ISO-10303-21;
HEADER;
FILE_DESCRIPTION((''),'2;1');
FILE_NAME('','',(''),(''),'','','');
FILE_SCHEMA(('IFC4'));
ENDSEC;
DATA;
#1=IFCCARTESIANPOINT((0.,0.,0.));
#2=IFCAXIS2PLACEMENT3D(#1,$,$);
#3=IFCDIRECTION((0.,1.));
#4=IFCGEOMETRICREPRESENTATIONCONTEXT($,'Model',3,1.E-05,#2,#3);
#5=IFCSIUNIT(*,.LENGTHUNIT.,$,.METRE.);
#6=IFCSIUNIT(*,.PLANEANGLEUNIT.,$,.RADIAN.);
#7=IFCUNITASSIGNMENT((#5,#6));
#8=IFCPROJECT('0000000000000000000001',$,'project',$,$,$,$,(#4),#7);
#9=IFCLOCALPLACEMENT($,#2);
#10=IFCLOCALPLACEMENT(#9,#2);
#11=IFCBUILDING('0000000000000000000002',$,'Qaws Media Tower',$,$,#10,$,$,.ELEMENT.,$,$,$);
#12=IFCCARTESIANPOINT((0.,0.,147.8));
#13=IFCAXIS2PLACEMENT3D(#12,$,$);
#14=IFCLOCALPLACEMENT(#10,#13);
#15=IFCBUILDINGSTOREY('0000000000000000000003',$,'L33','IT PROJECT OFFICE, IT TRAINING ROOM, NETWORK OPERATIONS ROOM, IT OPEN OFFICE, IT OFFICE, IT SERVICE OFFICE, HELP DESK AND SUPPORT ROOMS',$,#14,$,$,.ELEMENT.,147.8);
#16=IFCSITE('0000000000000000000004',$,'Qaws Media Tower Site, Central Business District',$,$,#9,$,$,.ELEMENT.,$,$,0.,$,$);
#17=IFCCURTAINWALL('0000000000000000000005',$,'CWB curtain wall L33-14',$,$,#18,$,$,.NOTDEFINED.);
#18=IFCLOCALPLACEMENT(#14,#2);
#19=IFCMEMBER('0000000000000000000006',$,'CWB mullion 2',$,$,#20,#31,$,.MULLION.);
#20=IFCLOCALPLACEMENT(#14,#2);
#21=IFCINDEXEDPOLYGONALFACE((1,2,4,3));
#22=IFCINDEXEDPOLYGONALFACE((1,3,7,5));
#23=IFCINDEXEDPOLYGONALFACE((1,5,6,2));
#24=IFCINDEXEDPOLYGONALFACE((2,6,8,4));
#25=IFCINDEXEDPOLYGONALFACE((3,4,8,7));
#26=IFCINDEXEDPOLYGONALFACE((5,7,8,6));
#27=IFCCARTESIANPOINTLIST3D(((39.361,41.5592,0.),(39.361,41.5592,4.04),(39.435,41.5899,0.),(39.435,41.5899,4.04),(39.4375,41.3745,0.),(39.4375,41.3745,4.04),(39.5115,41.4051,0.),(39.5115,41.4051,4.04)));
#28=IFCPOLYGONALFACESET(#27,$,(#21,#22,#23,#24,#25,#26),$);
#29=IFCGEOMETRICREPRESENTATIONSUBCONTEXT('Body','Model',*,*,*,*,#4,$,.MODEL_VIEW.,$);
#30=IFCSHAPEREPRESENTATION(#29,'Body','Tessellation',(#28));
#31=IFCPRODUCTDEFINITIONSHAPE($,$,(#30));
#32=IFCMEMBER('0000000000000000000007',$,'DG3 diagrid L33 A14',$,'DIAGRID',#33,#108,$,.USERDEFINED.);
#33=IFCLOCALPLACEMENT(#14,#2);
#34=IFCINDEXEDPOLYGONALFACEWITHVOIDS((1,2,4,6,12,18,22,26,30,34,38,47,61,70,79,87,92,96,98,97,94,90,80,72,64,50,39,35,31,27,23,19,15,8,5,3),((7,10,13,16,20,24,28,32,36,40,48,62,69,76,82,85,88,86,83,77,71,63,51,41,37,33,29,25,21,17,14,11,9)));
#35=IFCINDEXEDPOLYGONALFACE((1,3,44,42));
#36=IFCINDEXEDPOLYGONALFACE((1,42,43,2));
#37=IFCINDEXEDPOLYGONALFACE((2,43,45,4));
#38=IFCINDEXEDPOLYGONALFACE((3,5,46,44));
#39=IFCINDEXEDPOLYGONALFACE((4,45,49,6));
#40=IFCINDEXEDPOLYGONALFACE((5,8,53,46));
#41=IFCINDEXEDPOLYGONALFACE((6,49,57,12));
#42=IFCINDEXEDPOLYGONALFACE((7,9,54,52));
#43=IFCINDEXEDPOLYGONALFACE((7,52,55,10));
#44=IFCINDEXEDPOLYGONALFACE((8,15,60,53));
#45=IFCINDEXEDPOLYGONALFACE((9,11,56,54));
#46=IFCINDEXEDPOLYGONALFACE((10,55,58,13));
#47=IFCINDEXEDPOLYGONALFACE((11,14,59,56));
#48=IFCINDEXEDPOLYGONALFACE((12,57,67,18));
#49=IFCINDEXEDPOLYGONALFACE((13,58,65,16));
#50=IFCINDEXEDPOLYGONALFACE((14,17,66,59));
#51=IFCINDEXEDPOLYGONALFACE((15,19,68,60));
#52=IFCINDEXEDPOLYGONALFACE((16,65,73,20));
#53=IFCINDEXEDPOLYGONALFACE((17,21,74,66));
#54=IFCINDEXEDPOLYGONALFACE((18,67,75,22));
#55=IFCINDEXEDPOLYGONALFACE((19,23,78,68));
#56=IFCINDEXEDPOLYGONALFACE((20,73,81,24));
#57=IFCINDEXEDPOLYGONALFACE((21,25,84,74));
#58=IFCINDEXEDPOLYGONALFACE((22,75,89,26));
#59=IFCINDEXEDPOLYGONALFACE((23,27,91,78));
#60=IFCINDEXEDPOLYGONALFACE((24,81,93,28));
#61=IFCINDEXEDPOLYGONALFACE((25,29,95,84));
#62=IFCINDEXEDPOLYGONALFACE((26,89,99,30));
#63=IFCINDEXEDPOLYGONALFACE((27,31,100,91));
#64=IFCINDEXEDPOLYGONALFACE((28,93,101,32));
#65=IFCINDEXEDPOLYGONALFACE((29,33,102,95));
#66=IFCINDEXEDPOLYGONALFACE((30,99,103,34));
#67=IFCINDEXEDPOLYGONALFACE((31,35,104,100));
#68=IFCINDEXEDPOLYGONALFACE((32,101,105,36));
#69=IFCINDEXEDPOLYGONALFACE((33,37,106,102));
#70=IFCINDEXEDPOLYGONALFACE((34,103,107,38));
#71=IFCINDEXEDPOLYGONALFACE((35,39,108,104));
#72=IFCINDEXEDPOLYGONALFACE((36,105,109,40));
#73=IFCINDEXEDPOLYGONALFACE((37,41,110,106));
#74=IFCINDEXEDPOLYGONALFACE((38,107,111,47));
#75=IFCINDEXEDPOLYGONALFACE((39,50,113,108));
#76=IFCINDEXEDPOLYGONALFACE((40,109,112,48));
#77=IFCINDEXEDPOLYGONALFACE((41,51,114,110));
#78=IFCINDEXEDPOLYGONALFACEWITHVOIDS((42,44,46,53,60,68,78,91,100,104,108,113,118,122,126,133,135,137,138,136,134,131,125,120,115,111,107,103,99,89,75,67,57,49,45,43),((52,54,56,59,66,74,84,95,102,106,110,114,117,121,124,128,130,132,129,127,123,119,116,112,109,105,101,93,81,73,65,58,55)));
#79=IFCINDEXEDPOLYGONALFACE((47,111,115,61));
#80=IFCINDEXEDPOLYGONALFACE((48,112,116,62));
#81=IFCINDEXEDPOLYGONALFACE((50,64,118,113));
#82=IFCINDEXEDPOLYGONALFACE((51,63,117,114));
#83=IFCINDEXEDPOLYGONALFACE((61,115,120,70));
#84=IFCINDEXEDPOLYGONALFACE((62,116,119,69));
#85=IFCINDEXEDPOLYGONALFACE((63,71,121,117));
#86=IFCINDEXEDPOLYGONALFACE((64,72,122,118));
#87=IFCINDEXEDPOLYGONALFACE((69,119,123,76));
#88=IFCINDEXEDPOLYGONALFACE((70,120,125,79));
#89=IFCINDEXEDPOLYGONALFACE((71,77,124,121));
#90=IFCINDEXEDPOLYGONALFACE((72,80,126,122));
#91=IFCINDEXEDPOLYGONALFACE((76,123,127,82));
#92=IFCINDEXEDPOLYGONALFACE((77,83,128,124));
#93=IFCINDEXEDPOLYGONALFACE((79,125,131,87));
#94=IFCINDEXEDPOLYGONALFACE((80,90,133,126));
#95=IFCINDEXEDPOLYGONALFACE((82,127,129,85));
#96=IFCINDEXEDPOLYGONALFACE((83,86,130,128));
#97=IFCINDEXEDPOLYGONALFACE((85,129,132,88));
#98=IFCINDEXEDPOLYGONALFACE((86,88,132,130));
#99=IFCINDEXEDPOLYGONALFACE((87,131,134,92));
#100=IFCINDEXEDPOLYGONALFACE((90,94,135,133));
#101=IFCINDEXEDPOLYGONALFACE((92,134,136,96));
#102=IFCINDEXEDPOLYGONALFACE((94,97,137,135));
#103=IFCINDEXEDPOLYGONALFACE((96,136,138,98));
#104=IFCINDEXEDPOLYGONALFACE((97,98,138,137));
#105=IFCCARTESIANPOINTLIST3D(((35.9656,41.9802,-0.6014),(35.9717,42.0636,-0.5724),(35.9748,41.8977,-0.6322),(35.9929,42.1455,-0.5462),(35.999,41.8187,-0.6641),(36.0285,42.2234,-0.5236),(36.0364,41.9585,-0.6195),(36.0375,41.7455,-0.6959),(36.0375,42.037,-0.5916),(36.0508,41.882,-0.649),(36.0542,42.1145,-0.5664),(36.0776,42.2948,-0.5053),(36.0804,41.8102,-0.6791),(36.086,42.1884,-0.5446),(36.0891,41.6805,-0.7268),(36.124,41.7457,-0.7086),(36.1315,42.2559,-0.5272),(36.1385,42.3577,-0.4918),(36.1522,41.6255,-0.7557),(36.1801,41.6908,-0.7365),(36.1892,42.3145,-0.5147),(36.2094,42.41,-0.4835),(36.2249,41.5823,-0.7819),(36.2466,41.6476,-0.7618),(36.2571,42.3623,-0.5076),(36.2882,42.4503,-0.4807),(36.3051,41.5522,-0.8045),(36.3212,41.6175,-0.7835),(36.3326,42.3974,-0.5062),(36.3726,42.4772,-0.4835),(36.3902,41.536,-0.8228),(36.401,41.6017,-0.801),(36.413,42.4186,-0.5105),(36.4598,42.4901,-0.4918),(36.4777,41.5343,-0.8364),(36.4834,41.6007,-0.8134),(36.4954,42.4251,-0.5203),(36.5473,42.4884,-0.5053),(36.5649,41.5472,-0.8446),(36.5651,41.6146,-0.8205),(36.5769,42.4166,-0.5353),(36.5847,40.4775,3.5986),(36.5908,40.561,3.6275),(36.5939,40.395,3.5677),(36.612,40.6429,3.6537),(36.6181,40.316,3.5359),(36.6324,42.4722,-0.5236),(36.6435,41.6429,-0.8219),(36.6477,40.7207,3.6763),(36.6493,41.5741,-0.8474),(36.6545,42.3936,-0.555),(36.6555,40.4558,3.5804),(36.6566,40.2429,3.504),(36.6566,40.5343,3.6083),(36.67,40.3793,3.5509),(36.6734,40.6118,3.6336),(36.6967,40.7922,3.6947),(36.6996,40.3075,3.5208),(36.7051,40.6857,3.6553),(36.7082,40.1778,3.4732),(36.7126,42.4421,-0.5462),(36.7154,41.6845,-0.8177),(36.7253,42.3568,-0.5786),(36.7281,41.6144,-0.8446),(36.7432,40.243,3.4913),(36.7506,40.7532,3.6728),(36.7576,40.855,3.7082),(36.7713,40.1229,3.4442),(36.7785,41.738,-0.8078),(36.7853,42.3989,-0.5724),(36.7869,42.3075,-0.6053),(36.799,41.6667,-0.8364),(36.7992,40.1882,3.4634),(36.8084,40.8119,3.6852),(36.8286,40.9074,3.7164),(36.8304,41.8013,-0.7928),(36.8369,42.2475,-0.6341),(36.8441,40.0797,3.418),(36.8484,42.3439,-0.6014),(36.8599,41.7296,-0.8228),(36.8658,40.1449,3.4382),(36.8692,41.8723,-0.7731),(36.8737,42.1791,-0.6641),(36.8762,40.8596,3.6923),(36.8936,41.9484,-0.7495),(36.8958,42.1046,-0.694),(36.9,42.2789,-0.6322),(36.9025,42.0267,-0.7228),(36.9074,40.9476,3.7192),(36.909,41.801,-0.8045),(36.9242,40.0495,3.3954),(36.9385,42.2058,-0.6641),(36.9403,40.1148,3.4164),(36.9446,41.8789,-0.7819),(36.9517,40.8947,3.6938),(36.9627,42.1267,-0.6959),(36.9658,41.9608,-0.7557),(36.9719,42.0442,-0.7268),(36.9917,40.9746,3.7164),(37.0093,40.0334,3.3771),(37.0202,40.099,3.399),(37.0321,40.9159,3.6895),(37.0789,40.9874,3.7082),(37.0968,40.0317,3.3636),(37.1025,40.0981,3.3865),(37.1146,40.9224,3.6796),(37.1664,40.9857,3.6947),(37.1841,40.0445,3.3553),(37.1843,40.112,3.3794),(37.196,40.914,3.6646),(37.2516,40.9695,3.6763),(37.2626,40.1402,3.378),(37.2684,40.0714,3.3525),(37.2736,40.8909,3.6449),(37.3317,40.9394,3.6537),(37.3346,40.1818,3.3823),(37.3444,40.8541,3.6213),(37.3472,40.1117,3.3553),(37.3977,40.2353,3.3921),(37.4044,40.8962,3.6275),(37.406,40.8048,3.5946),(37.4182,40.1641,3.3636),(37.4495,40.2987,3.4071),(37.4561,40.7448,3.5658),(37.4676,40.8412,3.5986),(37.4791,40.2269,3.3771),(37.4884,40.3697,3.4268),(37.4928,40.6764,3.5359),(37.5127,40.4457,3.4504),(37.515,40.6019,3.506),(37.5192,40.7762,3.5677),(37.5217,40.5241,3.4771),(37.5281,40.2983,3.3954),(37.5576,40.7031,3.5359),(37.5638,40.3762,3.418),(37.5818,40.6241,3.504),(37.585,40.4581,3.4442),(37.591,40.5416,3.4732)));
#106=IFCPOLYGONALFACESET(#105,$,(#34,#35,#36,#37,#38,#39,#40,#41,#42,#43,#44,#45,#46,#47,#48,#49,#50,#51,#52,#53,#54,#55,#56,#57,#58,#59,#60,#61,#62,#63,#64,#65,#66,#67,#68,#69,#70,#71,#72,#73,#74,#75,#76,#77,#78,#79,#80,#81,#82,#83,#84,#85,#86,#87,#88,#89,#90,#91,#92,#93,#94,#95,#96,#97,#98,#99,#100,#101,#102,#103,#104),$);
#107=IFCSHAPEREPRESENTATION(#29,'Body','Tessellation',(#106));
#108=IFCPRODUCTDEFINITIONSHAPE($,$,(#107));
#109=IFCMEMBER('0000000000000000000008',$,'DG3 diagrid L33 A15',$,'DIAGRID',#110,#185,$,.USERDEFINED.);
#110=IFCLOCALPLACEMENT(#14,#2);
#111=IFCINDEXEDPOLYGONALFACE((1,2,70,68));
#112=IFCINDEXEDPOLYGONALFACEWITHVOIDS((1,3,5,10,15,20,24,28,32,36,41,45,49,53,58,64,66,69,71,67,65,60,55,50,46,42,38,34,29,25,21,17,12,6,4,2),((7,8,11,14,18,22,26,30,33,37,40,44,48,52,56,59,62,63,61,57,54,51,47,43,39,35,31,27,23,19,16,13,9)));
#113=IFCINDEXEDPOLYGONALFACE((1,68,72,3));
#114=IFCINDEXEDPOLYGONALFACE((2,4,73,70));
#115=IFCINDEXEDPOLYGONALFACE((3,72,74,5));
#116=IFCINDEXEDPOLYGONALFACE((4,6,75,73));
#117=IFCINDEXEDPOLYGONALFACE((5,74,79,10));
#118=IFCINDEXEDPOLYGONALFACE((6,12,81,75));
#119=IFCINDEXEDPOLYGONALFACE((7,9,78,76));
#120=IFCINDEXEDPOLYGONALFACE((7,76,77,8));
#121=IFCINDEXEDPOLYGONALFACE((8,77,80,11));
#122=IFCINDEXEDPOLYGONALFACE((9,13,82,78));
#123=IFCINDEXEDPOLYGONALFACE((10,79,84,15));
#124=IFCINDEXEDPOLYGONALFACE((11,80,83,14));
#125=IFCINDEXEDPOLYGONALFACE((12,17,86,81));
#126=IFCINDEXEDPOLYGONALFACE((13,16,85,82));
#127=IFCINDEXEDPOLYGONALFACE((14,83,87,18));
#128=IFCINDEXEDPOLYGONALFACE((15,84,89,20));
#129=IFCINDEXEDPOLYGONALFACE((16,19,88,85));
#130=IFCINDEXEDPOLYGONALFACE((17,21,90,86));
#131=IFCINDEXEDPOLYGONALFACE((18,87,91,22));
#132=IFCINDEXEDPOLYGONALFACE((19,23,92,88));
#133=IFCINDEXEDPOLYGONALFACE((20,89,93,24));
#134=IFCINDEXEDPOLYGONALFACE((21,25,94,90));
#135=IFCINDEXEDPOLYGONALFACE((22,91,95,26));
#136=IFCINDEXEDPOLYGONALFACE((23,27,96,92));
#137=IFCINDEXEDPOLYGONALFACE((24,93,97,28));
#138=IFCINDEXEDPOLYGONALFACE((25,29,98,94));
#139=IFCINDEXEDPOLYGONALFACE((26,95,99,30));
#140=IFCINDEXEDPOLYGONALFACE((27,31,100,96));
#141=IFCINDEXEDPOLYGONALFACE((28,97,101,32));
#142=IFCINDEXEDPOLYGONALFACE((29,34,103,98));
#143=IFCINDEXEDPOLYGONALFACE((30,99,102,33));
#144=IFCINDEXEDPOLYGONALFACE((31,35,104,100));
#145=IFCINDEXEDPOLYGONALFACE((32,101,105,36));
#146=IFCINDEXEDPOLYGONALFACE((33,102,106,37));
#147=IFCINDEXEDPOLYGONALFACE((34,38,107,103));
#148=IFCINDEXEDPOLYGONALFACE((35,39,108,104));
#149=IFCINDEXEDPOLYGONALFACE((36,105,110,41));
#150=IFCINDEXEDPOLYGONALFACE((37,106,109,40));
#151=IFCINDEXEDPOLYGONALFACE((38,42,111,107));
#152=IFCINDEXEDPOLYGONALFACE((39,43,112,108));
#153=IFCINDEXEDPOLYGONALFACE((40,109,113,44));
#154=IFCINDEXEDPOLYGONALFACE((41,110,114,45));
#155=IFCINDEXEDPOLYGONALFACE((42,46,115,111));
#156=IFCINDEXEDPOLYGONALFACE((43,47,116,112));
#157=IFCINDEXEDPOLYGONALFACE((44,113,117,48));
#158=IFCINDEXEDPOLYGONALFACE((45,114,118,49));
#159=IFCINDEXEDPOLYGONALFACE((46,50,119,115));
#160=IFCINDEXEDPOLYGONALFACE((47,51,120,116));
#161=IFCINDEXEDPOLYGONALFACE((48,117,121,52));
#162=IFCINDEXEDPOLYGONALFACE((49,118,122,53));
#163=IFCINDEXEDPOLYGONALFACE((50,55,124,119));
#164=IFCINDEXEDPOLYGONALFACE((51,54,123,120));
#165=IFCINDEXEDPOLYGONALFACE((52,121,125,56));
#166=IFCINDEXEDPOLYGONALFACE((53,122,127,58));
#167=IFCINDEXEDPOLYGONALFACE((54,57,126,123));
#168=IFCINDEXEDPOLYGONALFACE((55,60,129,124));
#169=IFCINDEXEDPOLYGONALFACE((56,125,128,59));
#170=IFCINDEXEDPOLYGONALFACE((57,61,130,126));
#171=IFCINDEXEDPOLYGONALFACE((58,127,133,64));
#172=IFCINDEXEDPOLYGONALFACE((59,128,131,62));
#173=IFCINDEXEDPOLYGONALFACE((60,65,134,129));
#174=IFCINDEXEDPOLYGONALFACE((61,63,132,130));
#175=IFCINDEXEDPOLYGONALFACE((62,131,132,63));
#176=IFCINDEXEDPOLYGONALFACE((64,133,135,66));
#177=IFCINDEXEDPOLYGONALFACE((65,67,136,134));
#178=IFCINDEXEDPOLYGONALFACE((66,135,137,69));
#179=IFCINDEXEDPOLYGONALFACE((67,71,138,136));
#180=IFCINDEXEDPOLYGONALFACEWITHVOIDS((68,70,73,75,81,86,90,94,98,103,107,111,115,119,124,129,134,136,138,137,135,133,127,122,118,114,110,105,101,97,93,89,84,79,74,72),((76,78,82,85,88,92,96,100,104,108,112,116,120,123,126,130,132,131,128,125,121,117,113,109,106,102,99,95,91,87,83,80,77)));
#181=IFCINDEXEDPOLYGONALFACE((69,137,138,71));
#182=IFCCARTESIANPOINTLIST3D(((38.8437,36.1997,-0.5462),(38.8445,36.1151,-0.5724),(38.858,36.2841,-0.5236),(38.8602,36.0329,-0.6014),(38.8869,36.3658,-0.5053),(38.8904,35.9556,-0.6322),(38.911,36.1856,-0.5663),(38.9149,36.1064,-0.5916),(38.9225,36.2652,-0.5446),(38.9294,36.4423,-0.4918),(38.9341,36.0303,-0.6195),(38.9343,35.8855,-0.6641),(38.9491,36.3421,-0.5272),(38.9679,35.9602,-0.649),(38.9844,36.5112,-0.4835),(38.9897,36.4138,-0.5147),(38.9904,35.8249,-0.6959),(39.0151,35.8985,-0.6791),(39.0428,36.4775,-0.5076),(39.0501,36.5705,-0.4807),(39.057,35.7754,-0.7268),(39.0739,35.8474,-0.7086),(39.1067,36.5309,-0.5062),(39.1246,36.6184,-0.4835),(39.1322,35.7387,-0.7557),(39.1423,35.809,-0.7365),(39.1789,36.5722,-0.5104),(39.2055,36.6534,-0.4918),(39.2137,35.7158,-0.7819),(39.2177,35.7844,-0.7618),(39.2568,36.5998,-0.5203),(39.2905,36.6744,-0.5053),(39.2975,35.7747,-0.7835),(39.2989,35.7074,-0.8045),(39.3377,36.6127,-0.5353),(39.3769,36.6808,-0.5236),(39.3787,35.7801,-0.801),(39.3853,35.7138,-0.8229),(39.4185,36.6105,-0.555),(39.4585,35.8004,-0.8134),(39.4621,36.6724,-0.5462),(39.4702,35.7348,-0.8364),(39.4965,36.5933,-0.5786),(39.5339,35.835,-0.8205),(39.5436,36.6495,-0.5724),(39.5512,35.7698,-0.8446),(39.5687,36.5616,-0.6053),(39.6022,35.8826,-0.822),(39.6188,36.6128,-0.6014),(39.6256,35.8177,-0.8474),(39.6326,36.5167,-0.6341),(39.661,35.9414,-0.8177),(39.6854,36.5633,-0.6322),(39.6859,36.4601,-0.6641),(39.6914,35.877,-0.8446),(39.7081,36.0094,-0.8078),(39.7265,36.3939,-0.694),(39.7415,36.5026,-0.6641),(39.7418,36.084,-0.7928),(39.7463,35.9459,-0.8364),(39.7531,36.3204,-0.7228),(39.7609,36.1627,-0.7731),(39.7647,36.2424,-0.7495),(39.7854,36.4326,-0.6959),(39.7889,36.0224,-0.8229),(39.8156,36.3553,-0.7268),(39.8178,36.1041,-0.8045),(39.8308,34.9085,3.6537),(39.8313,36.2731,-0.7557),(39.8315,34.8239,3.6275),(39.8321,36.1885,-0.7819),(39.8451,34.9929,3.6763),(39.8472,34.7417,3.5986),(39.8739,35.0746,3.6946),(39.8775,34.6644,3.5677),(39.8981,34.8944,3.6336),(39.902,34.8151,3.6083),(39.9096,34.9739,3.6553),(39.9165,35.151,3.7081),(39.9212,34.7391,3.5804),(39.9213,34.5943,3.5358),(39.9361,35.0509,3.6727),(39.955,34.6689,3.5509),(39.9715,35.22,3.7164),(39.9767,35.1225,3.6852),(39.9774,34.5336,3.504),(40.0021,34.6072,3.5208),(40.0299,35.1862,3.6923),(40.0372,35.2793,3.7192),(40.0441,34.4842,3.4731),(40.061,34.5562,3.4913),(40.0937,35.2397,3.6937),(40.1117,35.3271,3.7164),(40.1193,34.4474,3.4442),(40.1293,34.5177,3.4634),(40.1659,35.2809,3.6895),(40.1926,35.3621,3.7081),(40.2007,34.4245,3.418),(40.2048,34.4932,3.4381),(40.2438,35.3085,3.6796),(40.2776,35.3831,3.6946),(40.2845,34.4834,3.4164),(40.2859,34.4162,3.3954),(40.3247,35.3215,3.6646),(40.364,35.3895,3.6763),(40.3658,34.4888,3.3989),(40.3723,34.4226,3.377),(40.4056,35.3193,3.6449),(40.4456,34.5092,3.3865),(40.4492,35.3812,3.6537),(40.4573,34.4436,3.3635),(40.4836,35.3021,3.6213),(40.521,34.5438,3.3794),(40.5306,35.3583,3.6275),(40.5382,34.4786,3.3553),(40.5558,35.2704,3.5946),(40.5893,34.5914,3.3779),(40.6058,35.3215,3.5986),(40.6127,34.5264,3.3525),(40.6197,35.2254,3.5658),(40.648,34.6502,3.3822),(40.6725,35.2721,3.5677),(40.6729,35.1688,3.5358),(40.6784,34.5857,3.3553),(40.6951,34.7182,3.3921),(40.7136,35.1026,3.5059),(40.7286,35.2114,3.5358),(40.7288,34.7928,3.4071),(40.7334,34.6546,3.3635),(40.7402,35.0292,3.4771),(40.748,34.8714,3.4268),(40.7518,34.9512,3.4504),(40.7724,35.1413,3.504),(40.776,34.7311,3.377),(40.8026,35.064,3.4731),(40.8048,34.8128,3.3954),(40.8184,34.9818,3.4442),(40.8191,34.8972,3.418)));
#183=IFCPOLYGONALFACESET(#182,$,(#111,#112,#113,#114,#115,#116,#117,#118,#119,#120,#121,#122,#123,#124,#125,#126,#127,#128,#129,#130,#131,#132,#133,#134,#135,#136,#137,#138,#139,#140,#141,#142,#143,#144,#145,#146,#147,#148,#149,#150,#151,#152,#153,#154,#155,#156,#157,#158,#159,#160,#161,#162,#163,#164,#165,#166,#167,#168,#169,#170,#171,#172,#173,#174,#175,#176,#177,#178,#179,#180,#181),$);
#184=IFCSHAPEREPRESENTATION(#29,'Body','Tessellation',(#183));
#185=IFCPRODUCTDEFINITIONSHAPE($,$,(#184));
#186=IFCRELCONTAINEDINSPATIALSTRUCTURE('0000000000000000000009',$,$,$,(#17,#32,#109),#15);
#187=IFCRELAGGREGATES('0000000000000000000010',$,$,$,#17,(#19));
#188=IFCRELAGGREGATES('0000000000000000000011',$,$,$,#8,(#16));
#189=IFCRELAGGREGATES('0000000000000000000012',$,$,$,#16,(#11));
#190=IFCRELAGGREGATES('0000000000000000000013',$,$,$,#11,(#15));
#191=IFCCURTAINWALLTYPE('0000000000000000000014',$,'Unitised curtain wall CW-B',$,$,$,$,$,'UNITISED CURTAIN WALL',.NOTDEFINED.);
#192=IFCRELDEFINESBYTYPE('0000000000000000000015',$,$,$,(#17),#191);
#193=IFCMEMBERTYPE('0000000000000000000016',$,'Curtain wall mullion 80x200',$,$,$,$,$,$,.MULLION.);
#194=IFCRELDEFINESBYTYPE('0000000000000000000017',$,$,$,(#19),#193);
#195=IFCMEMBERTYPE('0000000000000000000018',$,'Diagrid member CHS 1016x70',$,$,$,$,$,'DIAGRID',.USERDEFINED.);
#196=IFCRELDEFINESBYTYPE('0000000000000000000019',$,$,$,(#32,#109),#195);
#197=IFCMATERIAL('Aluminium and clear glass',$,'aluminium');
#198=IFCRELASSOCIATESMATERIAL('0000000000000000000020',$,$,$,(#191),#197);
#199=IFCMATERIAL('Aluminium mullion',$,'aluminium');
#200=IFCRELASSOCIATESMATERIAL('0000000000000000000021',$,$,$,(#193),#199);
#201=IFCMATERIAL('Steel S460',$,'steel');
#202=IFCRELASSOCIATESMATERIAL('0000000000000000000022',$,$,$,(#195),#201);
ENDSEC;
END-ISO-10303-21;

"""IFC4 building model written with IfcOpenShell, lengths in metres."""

from ifc_helpers import new_model, si_unit, direction, frame, origin, origin_2d, place, context, subcontext, project, spatial, rectangle, hollow_circle, extrude, material, material_profile, profile_set, type_object, element, aggregate, save


model = new_model("IFC4")

# Units and contexts
model_context = context("Model", 3, precision=1e-05, world=origin(), true_north=direction((0.0, 1.0)))
body_context = subcontext(model_context, "Body", "Model", "MODEL_VIEW")
ifc_project = project(units=[si_unit("LENGTHUNIT", "METRE"), si_unit("PLANEANGLEUNIT", "RADIAN")], contexts=[model_context])

# Site, building, storey
site_placement = place(None, origin())
site = spatial("IfcSite", under=ifc_project, at=site_placement, Name="Qaws Media Tower Site, Central Business District", CompositionType="ELEMENT", RefElevation=0.0)
building_placement = place(site_placement, origin())
building = spatial("IfcBuilding", under=site, at=building_placement, Name="Qaws Media Tower", CompositionType="ELEMENT")
storey_placement = place(building_placement, frame((0.0, 0.0, 147.8)))
storey = spatial("IfcBuildingStorey", under=building, at=storey_placement, Name="L33", Description="IT PROJECT OFFICE, IT TRAINING ROOM, NETWORK OPERATIONS ROOM, IT OPEN OFFICE, IT OFFICE, IT SERVICE OFFICE, HELP DESK AND SUPPORT ROOMS", CompositionType="ELEMENT", Elevation=147.8)

# Curtain wall, member
ifc_material_1 = material(Name="Aluminium and clear glass", Category="aluminium")
curtain_wall_type = type_object("IfcCurtainWallType", Name="Unitised curtain wall CW-B", ElementType="UNITISED CURTAIN WALL", PredefinedType="NOTDEFINED", material=ifc_material_1)
curtain_wall_placement = place(storey_placement, origin())
curtain_wall = element("IfcCurtainWall", 1, at=curtain_wall_placement, inside=storey, type_object=curtain_wall_type, Name="CWB curtain wall L33-14", PredefinedType="NOTDEFINED")
ifc_material_2 = material(Name="Aluminium mullion", Category="aluminium")
ifc_material_profile_1 = material_profile(ifc_material_2, rectangle(XDim=0.0801, YDim=0.2, at=origin_2d()), Name="80x200")
ifc_profile_set_1 = profile_set([ifc_material_profile_1], Name="Aluminium mullion")
member_type_1 = type_object("IfcMemberType", Name="Curtain wall mullion 80x200", PredefinedType="MULLION", material=ifc_profile_set_1)
member_placement = place(storey_placement, frame((39.4363, 41.4822, 0.0), z_axis=(0.0, 0.0, 1.0), x_axis=(0.923879, 0.382684, 0.0)))
member = element("IfcMember", 2, at=member_placement, type_object=member_type_1, Name="CWB mullion 2", PredefinedType="MULLION", context=body_context, shape_type="SweptSolid", body=[
    extrude(rectangle(XDim=0.0801, YDim=0.2, at=origin_2d()), origin(), (0.0, 0.0, 1.0), 4.04),
])

# Members
ifc_material_3 = material(Name="Steel S460", Category="steel")
ifc_material_profile_2 = material_profile(ifc_material_3, hollow_circle(Radius=0.5081, WallThickness=0.0701, at=origin_2d()), Name="CHS 1016x70")
ifc_profile_set_2 = profile_set([ifc_material_profile_2], Name="Steel S460")
member_type_2 = type_object("IfcMemberType", Name="Diagrid member CHS 1016x70", ElementType="DIAGRID", PredefinedType="USERDEFINED", material=ifc_profile_set_2)
for number, where, z_axis, x_axis, name in (
    (3, (36.4688, 42.0122, -0.6641), (0.137482, -0.333675, 0.932609), (0.924594, 0.380954, 0.0), "DG3 diagrid L33 A14"),
    (4, (39.3379, 36.1941, -0.6641), (0.219178, -0.286726, 0.932604), (0.794469, 0.607305, 0.0), "DG3 diagrid L33 A15"),
):
    element("IfcMember", number, at=place(storey_placement, frame(where, z_axis=z_axis, x_axis=x_axis)), inside=storey, type_object=member_type_2, Name=name, ObjectType="DIAGRID", PredefinedType="USERDEFINED", context=body_context, shape_type="SweptSolid", body=[
        extrude(hollow_circle(Radius=0.5081, WallThickness=0.0701, at=origin_2d()), origin(), (0.0, 0.0, 1.0), 4.5034),
    ])

aggregate(curtain_wall, [member])

save(model, "model.ifc")
